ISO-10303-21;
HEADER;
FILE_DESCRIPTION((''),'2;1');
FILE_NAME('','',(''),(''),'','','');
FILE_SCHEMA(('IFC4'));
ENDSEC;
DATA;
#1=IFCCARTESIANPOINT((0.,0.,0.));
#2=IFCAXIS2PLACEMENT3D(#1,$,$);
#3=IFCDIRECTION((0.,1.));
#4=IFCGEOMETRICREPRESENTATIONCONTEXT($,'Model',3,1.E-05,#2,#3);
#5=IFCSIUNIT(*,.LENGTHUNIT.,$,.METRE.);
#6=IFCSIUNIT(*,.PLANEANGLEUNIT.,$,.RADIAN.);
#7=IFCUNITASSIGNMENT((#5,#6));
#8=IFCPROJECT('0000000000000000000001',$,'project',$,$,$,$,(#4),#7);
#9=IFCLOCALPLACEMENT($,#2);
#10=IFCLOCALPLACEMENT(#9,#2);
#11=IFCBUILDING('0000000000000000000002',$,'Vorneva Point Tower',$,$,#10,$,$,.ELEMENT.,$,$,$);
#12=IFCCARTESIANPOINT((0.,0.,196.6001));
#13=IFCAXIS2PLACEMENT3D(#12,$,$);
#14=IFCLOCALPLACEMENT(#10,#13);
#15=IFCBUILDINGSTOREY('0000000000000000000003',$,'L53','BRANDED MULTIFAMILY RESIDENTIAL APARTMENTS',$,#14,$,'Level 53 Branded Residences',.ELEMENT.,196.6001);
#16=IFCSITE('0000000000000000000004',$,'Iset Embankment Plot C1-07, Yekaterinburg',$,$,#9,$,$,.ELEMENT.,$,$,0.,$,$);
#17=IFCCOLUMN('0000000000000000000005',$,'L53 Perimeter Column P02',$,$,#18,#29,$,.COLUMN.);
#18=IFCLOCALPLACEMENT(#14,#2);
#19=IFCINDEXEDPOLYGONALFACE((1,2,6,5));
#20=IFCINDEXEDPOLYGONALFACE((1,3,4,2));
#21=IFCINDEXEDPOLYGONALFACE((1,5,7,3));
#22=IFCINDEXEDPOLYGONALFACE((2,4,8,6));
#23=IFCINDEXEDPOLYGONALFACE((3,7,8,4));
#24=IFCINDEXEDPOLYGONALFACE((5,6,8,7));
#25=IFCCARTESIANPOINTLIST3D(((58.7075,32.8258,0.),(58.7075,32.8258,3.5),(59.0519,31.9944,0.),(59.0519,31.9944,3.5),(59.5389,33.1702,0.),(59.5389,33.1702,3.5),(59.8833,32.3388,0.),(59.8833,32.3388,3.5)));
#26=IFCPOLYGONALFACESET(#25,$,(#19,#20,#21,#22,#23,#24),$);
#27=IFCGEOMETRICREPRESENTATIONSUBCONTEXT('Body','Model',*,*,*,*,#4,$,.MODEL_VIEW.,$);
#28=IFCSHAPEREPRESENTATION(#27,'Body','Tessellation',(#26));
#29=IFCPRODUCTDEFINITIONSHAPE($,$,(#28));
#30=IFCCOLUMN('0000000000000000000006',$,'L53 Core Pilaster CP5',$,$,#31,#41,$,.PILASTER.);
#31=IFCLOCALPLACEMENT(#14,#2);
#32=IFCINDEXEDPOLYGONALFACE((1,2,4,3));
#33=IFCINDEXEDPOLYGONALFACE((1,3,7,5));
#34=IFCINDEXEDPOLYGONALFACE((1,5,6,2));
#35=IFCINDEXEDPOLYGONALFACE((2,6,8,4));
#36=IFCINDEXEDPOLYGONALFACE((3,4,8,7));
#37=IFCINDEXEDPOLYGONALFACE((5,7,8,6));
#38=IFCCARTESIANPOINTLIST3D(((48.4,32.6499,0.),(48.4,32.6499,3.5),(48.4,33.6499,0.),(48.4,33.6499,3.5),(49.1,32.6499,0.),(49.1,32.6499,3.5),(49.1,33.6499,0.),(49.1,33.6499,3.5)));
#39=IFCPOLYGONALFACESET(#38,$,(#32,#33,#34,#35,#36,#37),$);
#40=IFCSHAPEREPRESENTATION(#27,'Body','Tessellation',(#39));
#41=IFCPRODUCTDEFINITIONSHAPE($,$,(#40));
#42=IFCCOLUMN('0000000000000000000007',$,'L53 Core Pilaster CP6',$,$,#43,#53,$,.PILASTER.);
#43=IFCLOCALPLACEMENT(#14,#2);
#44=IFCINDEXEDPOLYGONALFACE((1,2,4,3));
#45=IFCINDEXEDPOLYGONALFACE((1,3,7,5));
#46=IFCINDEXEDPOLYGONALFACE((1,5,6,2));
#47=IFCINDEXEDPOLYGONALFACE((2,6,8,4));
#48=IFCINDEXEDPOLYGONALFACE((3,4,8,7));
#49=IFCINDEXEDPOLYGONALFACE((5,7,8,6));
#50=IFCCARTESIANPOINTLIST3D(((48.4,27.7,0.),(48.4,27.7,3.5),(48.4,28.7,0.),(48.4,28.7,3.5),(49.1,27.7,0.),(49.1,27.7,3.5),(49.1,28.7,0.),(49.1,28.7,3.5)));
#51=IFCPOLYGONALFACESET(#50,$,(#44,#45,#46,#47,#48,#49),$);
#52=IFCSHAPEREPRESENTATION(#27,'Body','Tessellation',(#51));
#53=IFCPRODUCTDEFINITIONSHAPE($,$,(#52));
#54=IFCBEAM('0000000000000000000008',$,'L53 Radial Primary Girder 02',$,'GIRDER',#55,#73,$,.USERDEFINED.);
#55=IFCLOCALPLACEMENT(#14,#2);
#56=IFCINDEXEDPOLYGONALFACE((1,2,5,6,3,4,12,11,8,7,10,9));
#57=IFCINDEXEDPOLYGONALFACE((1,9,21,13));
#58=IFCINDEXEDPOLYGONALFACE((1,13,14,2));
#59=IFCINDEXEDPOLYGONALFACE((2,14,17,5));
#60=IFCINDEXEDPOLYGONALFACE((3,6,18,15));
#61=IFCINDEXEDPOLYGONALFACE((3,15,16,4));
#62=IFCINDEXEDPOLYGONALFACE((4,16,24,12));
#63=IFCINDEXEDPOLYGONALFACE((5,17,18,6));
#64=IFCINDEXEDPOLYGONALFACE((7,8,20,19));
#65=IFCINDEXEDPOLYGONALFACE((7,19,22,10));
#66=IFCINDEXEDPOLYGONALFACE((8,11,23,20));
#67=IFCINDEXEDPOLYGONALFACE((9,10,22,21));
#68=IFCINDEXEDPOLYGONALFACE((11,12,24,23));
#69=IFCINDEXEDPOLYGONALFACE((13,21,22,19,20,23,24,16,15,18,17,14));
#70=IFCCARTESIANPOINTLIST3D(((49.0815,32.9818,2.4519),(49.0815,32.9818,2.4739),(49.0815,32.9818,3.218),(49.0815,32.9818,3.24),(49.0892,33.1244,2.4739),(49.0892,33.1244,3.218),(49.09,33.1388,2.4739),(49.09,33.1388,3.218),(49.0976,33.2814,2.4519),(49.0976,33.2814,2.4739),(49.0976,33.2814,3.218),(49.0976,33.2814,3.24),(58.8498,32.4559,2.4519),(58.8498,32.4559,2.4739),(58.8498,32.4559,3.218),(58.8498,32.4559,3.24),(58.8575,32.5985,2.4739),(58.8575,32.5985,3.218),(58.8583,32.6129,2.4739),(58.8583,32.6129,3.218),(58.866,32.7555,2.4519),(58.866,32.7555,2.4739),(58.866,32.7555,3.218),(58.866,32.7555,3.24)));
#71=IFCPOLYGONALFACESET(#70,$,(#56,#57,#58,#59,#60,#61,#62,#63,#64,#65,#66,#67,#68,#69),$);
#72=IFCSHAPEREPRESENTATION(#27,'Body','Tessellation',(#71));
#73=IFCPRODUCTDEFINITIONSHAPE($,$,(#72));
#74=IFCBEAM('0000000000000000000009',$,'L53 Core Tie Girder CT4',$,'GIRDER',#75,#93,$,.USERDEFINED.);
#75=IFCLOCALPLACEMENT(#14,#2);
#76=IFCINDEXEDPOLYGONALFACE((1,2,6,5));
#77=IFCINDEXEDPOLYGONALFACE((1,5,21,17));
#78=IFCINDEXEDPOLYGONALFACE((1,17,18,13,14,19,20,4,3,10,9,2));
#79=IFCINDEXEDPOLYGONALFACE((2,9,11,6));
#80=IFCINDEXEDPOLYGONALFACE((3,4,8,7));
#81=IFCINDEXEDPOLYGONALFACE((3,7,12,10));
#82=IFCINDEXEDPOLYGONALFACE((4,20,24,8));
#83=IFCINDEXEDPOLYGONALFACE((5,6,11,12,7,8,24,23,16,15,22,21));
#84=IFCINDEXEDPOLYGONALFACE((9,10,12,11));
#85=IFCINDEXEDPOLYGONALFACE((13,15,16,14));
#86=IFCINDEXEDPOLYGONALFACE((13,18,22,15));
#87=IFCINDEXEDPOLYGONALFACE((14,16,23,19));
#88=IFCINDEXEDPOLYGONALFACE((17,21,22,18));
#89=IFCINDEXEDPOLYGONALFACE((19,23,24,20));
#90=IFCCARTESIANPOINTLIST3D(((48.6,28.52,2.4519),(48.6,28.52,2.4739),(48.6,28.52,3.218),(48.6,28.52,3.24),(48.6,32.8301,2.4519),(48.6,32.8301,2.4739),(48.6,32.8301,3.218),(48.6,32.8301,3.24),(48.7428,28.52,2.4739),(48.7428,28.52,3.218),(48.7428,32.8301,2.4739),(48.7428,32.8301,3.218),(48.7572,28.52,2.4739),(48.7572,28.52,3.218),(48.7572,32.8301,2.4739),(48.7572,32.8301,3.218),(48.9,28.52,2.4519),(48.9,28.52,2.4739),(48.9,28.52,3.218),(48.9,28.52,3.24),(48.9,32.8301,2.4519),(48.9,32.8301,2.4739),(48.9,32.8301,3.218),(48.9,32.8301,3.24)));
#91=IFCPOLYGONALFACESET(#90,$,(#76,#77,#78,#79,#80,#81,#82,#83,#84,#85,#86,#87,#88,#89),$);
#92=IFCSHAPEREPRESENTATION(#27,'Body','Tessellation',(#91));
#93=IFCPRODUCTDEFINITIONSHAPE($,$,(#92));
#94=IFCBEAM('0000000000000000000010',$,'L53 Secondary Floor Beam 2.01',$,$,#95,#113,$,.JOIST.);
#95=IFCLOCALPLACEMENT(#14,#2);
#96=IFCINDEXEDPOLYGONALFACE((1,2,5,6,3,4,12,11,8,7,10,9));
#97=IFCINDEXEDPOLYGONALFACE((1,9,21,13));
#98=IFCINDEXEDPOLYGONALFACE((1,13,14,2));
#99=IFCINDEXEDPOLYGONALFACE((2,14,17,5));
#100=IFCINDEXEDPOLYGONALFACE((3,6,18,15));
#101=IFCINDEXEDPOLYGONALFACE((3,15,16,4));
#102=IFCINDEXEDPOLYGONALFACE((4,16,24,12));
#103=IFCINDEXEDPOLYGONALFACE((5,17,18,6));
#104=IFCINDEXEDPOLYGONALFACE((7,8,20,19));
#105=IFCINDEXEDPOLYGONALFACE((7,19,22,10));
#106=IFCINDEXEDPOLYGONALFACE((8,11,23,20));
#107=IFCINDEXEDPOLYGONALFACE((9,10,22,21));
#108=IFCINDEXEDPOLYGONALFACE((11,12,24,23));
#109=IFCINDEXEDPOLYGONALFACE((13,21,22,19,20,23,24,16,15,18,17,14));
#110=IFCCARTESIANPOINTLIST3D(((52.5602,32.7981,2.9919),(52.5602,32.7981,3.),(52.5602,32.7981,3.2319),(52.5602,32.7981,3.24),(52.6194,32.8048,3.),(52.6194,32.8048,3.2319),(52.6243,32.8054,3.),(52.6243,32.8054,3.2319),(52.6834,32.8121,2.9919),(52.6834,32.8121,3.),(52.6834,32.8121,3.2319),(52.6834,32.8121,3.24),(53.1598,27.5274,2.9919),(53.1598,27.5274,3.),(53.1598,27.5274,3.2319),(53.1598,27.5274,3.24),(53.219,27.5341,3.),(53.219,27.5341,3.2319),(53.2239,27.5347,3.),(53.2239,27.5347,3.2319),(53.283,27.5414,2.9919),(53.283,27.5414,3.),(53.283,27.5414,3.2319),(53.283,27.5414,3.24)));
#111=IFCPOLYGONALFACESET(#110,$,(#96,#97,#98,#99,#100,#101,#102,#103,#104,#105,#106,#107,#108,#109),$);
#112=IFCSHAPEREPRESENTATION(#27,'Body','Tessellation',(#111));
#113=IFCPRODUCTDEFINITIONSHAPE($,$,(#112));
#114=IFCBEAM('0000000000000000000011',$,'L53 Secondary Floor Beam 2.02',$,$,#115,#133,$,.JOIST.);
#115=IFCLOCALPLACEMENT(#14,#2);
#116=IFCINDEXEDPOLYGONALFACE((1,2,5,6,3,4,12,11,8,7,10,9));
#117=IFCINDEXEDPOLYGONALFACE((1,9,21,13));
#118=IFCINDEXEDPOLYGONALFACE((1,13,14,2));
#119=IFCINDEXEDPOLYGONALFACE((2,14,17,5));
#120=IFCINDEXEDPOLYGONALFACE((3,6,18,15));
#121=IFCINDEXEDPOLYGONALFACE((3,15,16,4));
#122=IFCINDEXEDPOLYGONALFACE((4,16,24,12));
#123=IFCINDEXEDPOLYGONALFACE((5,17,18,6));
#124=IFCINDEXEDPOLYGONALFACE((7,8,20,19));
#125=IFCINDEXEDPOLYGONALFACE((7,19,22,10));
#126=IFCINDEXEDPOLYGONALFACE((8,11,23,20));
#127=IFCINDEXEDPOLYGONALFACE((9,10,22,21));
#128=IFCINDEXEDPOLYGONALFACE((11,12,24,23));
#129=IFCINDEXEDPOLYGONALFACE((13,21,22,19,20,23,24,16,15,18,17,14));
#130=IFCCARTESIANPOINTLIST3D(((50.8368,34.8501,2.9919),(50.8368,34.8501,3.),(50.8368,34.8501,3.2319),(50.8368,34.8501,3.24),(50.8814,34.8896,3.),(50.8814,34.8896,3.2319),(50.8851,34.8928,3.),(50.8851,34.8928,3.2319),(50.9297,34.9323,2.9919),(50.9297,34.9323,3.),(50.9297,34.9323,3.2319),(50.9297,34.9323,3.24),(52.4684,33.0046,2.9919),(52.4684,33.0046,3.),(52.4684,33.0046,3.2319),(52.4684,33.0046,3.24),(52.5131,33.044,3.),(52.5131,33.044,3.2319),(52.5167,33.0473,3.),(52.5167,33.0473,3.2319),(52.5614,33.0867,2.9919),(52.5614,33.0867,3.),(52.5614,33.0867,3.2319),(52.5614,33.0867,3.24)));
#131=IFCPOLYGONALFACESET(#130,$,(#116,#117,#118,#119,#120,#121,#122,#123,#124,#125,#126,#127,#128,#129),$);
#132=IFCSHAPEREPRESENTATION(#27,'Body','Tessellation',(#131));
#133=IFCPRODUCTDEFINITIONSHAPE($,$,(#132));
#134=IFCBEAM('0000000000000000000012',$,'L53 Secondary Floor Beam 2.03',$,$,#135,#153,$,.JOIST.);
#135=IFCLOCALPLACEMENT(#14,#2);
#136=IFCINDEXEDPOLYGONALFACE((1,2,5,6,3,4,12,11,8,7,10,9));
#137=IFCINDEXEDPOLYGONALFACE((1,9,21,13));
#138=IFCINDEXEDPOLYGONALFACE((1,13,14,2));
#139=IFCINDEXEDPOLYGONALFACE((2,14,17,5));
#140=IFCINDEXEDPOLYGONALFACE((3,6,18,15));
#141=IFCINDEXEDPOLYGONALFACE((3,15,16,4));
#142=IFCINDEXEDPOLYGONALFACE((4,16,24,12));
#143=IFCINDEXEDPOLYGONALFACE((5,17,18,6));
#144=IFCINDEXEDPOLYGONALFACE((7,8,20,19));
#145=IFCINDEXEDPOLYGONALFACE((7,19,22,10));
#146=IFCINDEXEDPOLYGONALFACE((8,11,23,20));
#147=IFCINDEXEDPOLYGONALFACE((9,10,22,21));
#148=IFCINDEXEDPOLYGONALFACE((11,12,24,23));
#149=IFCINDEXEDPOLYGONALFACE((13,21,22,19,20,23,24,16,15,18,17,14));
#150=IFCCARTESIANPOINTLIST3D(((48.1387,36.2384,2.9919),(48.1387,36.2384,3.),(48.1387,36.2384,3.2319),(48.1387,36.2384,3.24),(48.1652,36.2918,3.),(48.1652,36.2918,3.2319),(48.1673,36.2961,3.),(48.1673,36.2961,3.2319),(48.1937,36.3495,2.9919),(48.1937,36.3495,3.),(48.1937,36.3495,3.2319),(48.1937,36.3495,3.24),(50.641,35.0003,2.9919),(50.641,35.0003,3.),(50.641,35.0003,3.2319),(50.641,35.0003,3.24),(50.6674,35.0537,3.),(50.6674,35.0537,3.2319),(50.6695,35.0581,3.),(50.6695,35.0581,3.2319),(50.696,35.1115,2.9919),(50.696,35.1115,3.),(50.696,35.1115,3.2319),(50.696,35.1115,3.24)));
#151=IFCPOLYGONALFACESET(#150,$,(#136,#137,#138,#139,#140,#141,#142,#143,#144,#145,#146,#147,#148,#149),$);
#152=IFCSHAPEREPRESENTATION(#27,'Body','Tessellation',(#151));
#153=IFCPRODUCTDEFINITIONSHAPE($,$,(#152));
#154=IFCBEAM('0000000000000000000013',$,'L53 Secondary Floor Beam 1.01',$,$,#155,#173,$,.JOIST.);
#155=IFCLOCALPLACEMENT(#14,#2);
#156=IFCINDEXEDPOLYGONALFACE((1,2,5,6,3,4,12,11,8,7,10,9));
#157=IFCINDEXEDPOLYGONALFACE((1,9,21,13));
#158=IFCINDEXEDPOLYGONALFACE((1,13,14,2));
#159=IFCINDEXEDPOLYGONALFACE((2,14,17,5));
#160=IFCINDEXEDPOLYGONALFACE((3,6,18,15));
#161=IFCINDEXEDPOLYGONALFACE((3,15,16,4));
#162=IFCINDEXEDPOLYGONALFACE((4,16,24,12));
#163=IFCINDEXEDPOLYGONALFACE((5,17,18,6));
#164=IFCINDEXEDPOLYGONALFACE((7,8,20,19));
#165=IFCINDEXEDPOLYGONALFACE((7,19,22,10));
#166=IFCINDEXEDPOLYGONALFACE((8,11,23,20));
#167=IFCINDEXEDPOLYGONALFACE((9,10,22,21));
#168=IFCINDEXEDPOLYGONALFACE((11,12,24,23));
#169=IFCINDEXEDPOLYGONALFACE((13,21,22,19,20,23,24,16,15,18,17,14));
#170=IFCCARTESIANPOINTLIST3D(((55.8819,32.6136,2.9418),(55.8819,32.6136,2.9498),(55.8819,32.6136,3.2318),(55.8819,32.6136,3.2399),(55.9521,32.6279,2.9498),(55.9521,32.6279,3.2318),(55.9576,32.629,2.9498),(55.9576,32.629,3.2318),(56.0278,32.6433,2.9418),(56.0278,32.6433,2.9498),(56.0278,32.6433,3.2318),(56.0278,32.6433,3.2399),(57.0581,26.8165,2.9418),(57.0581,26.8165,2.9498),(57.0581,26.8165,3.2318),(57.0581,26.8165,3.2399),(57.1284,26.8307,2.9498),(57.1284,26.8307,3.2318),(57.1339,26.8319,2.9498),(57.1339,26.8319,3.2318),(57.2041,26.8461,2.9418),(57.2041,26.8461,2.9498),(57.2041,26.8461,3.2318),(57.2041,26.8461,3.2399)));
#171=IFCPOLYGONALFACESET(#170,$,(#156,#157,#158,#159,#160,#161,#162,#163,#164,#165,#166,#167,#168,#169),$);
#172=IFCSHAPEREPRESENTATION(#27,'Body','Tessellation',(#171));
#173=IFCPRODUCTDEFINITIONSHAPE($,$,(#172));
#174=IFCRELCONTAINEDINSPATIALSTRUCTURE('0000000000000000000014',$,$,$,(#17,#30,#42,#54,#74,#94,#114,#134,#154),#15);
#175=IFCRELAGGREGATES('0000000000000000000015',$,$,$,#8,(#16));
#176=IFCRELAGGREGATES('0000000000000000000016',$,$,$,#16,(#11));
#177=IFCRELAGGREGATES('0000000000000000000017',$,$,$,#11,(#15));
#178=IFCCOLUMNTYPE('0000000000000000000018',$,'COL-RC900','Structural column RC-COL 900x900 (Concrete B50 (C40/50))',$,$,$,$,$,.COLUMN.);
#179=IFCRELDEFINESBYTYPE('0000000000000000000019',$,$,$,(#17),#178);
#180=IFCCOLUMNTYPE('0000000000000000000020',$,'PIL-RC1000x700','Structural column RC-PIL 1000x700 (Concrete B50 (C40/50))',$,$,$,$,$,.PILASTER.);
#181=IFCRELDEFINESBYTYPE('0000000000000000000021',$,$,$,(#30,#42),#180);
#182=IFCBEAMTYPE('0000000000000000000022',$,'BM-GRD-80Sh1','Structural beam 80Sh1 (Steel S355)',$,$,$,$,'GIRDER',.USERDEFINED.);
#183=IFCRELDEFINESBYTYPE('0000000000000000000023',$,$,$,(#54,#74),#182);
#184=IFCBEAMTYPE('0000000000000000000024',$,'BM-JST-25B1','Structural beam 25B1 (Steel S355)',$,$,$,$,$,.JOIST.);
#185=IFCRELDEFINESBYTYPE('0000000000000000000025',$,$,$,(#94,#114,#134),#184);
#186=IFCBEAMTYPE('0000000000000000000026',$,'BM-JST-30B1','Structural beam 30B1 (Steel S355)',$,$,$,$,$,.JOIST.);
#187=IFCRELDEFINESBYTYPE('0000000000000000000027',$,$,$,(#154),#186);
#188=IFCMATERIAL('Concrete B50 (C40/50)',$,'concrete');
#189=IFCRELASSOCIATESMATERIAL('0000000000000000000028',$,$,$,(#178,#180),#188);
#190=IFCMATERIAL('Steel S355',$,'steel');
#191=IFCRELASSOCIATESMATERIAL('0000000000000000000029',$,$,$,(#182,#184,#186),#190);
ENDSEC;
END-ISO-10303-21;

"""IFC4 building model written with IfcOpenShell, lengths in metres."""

from ifc_helpers import new_model, si_unit, direction, frame, origin, origin_2d, place, context, subcontext, project, spatial, rectangle, i_section, extrude, material, material_profile, profile_set, type_object, element, save


model = new_model("IFC4")

# Units and contexts
model_context = context("Model", 3, precision=1e-05, world=origin(), true_north=direction((0.0, 1.0)))
body_context = subcontext(model_context, "Body", "Model", "MODEL_VIEW")
ifc_project = project(units=[si_unit("LENGTHUNIT", "METRE"), si_unit("PLANEANGLEUNIT", "RADIAN")], contexts=[model_context])

# Site, building, storey
site_placement = place(None, origin())
site = spatial("IfcSite", under=ifc_project, at=site_placement, Name="Iset Embankment Plot C1-07, Yekaterinburg", CompositionType="ELEMENT", RefElevation=0.0)
building_placement = place(site_placement, origin())
building = spatial("IfcBuilding", under=site, at=building_placement, Name="Vorneva Point Tower", CompositionType="ELEMENT")
storey_placement = place(building_placement, frame((0.0, 0.0, 196.6001)))
storey = spatial("IfcBuildingStorey", under=building, at=storey_placement, Name="L53", Description="BRANDED MULTIFAMILY RESIDENTIAL APARTMENTS", LongName="Level 53 Branded Residences", CompositionType="ELEMENT", Elevation=196.6001)

# Columns
ifc_material_1 = material(Name="Concrete B50 (C40/50)", Category="concrete")
ifc_material_profile_1 = material_profile(ifc_material_1, rectangle(XDim=0.8999, YDim=0.8999, at=origin_2d()), Name="RC-COL 900x900")
ifc_profile_set_1 = profile_set([ifc_material_profile_1], Name="Concrete B50 (C40/50)")
column_type_1 = type_object("IfcColumnType", Name="COL-RC900", Description="Structural column RC-COL 900x900 (Concrete B50 (C40/50))", PredefinedType="COLUMN", material=ifc_profile_set_1)
column_placement = place(storey_placement, frame((59.2954, 32.5823, 0.0), z_axis=(0.0, 0.0, 1.0), x_axis=(0.92388, 0.382683, 0.0)))
element("IfcColumn", 1, at=column_placement, inside=storey, type_object=column_type_1, Name="L53 Perimeter Column P02", PredefinedType="COLUMN", context=body_context, shape_type="SweptSolid", body=[
    extrude(rectangle(XDim=0.8999, YDim=0.8999, at=origin_2d()), origin(), (0.0, 0.0, 1.0), 3.5),
])
ifc_material_profile_2 = material_profile(ifc_material_1, rectangle(XDim=0.7, YDim=1.0, at=origin_2d()), Name="RC-PIL 1000x700")
ifc_profile_set_2 = profile_set([ifc_material_profile_2], Name="Concrete B50 (C40/50)")
column_type_2 = type_object("IfcColumnType", Name="PIL-RC1000x700", Description="Structural column RC-PIL 1000x700 (Concrete B50 (C40/50))", PredefinedType="PILASTER", material=ifc_profile_set_2)
for number, where, z_axis, x_axis, name in (
    (2, (48.75, 33.1499, 0.0), (0.0, 0.0, 1.0), (1.0, 0.0, 0.0), "L53 Core Pilaster CP5"),
    (3, (48.75, 28.2, 0.0), (0.0, 0.0, 1.0), (1.0, 0.0, 0.0), "L53 Core Pilaster CP6"),
):
    element("IfcColumn", number, at=place(storey_placement, frame(where, z_axis=z_axis, x_axis=x_axis)), inside=storey, type_object=column_type_2, Name=name, PredefinedType="PILASTER", context=body_context, shape_type="SweptSolid", body=[
        extrude(rectangle(XDim=0.7, YDim=1.0, at=origin_2d()), origin(), (0.0, 0.0, 1.0), 3.5),
    ])

# Beams
ifc_material_2 = material(Name="Steel S355", Category="steel")
ifc_material_profile_3 = material_profile(ifc_material_2, i_section(OverallWidth=0.3, OverallDepth=0.7881, WebThickness=0.0144, FlangeThickness=0.022, at=origin_2d()), Name="80Sh1")
ifc_profile_set_3 = profile_set([ifc_material_profile_3], Name="Steel S355")
beam_type_1 = type_object("IfcBeamType", Name="BM-GRD-80Sh1", Description="Structural beam 80Sh1 (Steel S355)", ElementType="GIRDER", PredefinedType="USERDEFINED", material=ifc_profile_set_3)
beam_1_placement = place(storey_placement, frame((58.8579, 32.6057, 2.8459), z_axis=(-0.998554, 0.053757, 0.0), x_axis=(-0.053757, -0.998554, 0.0)))
element("IfcBeam", 4, at=beam_1_placement, inside=storey, type_object=beam_type_1, Name="L53 Radial Primary Girder 02", ObjectType="GIRDER", PredefinedType="USERDEFINED", context=body_context, shape_type="SweptSolid", body=[
    extrude(i_section(OverallWidth=0.3, OverallDepth=0.7881, WebThickness=0.0144, FlangeThickness=0.022, at=origin_2d()), origin(), (0.0, 0.0, 1.0), 9.7825),
])
beam_2_placement = place(storey_placement, frame((48.75, 28.52, 2.8459), z_axis=(0.0, 1.0, 0.0), x_axis=(-1.0, 0.0, 0.0)))
element("IfcBeam", 5, at=beam_2_placement, inside=storey, type_object=beam_type_1, Name="L53 Core Tie Girder CT4", ObjectType="GIRDER", PredefinedType="USERDEFINED", context=body_context, shape_type="SweptSolid", body=[
    extrude(i_section(OverallWidth=0.3, OverallDepth=0.7881, WebThickness=0.0144, FlangeThickness=0.022, at=origin_2d()), origin(), (0.0, 0.0, 1.0), 4.3101),
])
ifc_material_profile_4 = material_profile(ifc_material_2, i_section(OverallWidth=0.124, OverallDepth=0.248, WebThickness=0.0049, FlangeThickness=0.0081, at=origin_2d()), Name="25B1")
ifc_profile_set_4 = profile_set([ifc_material_profile_4], Name="Steel S355")
beam_type_2 = type_object("IfcBeamType", Name="BM-JST-25B1", Description="Structural beam 25B1 (Steel S355)", PredefinedType="JOIST", material=ifc_profile_set_4)
beam_3_placement = place(storey_placement, frame((53.2214, 27.5344, 3.116), z_axis=(-0.113033, 0.993591, 0.0), x_axis=(-0.993591, -0.113033, 0.0)))
element("IfcBeam", 6, at=beam_3_placement, inside=storey, type_object=beam_type_2, Name="L53 Secondary Floor Beam 2.01", PredefinedType="JOIST", context=body_context, shape_type="SweptSolid", body=[
    extrude(i_section(OverallWidth=0.124, OverallDepth=0.248, WebThickness=0.0049, FlangeThickness=0.0081, at=origin_2d()), origin(), (0.0, 0.0, 1.0), 5.3047),
])
beam_4_placement = place(storey_placement, frame((52.5149, 33.0457, 3.116), z_axis=(-0.662362, 0.749184, 0.0), x_axis=(-0.749184, -0.662362, 0.0)))
element("IfcBeam", 7, at=beam_4_placement, inside=storey, type_object=beam_type_2, Name="L53 Secondary Floor Beam 2.02", PredefinedType="JOIST", context=body_context, shape_type="SweptSolid", body=[
    extrude(i_section(OverallWidth=0.124, OverallDepth=0.248, WebThickness=0.0049, FlangeThickness=0.0081, at=origin_2d()), origin(), (0.0, 0.0, 1.0), 2.4634),
])
beam_5_placement = place(storey_placement, frame((50.6685, 35.0559, 3.116), z_axis=(-0.896291, 0.443467, 0.0), x_axis=(-0.443467, -0.896291, 0.0)))
element("IfcBeam", 8, at=beam_5_placement, inside=storey, type_object=beam_type_2, Name="L53 Secondary Floor Beam 2.03", PredefinedType="JOIST", context=body_context, shape_type="SweptSolid", body=[
    extrude(i_section(OverallWidth=0.124, OverallDepth=0.248, WebThickness=0.0049, FlangeThickness=0.0081, at=origin_2d()), origin(), (0.0, 0.0, 1.0), 2.7917),
])
ifc_material_profile_5 = material_profile(ifc_material_2, i_section(OverallWidth=0.1489, OverallDepth=0.2981, WebThickness=0.0056, FlangeThickness=0.0081, at=origin_2d()), Name="30B1")
ifc_profile_set_5 = profile_set([ifc_material_profile_5], Name="Steel S355")
beam_type_3 = type_object("IfcBeamType", Name="BM-JST-30B1", Description="Structural beam 30B1 (Steel S355)", PredefinedType="JOIST", material=ifc_profile_set_5)
beam_6_placement = place(storey_placement, frame((57.1311, 26.8313, 3.0908), z_axis=(-0.198854, 0.980029, 0.0), x_axis=(-0.980029, -0.198854, 0.0)))
element("IfcBeam", 9, at=beam_6_placement, inside=storey, type_object=beam_type_3, Name="L53 Secondary Floor Beam 1.01", PredefinedType="JOIST", context=body_context, shape_type="SweptSolid", body=[
    extrude(i_section(OverallWidth=0.1489, OverallDepth=0.2981, WebThickness=0.0056, FlangeThickness=0.0081, at=origin_2d()), origin(), (0.0, 0.0, 1.0), 5.9153),
])

save(model, "model.ifc")
